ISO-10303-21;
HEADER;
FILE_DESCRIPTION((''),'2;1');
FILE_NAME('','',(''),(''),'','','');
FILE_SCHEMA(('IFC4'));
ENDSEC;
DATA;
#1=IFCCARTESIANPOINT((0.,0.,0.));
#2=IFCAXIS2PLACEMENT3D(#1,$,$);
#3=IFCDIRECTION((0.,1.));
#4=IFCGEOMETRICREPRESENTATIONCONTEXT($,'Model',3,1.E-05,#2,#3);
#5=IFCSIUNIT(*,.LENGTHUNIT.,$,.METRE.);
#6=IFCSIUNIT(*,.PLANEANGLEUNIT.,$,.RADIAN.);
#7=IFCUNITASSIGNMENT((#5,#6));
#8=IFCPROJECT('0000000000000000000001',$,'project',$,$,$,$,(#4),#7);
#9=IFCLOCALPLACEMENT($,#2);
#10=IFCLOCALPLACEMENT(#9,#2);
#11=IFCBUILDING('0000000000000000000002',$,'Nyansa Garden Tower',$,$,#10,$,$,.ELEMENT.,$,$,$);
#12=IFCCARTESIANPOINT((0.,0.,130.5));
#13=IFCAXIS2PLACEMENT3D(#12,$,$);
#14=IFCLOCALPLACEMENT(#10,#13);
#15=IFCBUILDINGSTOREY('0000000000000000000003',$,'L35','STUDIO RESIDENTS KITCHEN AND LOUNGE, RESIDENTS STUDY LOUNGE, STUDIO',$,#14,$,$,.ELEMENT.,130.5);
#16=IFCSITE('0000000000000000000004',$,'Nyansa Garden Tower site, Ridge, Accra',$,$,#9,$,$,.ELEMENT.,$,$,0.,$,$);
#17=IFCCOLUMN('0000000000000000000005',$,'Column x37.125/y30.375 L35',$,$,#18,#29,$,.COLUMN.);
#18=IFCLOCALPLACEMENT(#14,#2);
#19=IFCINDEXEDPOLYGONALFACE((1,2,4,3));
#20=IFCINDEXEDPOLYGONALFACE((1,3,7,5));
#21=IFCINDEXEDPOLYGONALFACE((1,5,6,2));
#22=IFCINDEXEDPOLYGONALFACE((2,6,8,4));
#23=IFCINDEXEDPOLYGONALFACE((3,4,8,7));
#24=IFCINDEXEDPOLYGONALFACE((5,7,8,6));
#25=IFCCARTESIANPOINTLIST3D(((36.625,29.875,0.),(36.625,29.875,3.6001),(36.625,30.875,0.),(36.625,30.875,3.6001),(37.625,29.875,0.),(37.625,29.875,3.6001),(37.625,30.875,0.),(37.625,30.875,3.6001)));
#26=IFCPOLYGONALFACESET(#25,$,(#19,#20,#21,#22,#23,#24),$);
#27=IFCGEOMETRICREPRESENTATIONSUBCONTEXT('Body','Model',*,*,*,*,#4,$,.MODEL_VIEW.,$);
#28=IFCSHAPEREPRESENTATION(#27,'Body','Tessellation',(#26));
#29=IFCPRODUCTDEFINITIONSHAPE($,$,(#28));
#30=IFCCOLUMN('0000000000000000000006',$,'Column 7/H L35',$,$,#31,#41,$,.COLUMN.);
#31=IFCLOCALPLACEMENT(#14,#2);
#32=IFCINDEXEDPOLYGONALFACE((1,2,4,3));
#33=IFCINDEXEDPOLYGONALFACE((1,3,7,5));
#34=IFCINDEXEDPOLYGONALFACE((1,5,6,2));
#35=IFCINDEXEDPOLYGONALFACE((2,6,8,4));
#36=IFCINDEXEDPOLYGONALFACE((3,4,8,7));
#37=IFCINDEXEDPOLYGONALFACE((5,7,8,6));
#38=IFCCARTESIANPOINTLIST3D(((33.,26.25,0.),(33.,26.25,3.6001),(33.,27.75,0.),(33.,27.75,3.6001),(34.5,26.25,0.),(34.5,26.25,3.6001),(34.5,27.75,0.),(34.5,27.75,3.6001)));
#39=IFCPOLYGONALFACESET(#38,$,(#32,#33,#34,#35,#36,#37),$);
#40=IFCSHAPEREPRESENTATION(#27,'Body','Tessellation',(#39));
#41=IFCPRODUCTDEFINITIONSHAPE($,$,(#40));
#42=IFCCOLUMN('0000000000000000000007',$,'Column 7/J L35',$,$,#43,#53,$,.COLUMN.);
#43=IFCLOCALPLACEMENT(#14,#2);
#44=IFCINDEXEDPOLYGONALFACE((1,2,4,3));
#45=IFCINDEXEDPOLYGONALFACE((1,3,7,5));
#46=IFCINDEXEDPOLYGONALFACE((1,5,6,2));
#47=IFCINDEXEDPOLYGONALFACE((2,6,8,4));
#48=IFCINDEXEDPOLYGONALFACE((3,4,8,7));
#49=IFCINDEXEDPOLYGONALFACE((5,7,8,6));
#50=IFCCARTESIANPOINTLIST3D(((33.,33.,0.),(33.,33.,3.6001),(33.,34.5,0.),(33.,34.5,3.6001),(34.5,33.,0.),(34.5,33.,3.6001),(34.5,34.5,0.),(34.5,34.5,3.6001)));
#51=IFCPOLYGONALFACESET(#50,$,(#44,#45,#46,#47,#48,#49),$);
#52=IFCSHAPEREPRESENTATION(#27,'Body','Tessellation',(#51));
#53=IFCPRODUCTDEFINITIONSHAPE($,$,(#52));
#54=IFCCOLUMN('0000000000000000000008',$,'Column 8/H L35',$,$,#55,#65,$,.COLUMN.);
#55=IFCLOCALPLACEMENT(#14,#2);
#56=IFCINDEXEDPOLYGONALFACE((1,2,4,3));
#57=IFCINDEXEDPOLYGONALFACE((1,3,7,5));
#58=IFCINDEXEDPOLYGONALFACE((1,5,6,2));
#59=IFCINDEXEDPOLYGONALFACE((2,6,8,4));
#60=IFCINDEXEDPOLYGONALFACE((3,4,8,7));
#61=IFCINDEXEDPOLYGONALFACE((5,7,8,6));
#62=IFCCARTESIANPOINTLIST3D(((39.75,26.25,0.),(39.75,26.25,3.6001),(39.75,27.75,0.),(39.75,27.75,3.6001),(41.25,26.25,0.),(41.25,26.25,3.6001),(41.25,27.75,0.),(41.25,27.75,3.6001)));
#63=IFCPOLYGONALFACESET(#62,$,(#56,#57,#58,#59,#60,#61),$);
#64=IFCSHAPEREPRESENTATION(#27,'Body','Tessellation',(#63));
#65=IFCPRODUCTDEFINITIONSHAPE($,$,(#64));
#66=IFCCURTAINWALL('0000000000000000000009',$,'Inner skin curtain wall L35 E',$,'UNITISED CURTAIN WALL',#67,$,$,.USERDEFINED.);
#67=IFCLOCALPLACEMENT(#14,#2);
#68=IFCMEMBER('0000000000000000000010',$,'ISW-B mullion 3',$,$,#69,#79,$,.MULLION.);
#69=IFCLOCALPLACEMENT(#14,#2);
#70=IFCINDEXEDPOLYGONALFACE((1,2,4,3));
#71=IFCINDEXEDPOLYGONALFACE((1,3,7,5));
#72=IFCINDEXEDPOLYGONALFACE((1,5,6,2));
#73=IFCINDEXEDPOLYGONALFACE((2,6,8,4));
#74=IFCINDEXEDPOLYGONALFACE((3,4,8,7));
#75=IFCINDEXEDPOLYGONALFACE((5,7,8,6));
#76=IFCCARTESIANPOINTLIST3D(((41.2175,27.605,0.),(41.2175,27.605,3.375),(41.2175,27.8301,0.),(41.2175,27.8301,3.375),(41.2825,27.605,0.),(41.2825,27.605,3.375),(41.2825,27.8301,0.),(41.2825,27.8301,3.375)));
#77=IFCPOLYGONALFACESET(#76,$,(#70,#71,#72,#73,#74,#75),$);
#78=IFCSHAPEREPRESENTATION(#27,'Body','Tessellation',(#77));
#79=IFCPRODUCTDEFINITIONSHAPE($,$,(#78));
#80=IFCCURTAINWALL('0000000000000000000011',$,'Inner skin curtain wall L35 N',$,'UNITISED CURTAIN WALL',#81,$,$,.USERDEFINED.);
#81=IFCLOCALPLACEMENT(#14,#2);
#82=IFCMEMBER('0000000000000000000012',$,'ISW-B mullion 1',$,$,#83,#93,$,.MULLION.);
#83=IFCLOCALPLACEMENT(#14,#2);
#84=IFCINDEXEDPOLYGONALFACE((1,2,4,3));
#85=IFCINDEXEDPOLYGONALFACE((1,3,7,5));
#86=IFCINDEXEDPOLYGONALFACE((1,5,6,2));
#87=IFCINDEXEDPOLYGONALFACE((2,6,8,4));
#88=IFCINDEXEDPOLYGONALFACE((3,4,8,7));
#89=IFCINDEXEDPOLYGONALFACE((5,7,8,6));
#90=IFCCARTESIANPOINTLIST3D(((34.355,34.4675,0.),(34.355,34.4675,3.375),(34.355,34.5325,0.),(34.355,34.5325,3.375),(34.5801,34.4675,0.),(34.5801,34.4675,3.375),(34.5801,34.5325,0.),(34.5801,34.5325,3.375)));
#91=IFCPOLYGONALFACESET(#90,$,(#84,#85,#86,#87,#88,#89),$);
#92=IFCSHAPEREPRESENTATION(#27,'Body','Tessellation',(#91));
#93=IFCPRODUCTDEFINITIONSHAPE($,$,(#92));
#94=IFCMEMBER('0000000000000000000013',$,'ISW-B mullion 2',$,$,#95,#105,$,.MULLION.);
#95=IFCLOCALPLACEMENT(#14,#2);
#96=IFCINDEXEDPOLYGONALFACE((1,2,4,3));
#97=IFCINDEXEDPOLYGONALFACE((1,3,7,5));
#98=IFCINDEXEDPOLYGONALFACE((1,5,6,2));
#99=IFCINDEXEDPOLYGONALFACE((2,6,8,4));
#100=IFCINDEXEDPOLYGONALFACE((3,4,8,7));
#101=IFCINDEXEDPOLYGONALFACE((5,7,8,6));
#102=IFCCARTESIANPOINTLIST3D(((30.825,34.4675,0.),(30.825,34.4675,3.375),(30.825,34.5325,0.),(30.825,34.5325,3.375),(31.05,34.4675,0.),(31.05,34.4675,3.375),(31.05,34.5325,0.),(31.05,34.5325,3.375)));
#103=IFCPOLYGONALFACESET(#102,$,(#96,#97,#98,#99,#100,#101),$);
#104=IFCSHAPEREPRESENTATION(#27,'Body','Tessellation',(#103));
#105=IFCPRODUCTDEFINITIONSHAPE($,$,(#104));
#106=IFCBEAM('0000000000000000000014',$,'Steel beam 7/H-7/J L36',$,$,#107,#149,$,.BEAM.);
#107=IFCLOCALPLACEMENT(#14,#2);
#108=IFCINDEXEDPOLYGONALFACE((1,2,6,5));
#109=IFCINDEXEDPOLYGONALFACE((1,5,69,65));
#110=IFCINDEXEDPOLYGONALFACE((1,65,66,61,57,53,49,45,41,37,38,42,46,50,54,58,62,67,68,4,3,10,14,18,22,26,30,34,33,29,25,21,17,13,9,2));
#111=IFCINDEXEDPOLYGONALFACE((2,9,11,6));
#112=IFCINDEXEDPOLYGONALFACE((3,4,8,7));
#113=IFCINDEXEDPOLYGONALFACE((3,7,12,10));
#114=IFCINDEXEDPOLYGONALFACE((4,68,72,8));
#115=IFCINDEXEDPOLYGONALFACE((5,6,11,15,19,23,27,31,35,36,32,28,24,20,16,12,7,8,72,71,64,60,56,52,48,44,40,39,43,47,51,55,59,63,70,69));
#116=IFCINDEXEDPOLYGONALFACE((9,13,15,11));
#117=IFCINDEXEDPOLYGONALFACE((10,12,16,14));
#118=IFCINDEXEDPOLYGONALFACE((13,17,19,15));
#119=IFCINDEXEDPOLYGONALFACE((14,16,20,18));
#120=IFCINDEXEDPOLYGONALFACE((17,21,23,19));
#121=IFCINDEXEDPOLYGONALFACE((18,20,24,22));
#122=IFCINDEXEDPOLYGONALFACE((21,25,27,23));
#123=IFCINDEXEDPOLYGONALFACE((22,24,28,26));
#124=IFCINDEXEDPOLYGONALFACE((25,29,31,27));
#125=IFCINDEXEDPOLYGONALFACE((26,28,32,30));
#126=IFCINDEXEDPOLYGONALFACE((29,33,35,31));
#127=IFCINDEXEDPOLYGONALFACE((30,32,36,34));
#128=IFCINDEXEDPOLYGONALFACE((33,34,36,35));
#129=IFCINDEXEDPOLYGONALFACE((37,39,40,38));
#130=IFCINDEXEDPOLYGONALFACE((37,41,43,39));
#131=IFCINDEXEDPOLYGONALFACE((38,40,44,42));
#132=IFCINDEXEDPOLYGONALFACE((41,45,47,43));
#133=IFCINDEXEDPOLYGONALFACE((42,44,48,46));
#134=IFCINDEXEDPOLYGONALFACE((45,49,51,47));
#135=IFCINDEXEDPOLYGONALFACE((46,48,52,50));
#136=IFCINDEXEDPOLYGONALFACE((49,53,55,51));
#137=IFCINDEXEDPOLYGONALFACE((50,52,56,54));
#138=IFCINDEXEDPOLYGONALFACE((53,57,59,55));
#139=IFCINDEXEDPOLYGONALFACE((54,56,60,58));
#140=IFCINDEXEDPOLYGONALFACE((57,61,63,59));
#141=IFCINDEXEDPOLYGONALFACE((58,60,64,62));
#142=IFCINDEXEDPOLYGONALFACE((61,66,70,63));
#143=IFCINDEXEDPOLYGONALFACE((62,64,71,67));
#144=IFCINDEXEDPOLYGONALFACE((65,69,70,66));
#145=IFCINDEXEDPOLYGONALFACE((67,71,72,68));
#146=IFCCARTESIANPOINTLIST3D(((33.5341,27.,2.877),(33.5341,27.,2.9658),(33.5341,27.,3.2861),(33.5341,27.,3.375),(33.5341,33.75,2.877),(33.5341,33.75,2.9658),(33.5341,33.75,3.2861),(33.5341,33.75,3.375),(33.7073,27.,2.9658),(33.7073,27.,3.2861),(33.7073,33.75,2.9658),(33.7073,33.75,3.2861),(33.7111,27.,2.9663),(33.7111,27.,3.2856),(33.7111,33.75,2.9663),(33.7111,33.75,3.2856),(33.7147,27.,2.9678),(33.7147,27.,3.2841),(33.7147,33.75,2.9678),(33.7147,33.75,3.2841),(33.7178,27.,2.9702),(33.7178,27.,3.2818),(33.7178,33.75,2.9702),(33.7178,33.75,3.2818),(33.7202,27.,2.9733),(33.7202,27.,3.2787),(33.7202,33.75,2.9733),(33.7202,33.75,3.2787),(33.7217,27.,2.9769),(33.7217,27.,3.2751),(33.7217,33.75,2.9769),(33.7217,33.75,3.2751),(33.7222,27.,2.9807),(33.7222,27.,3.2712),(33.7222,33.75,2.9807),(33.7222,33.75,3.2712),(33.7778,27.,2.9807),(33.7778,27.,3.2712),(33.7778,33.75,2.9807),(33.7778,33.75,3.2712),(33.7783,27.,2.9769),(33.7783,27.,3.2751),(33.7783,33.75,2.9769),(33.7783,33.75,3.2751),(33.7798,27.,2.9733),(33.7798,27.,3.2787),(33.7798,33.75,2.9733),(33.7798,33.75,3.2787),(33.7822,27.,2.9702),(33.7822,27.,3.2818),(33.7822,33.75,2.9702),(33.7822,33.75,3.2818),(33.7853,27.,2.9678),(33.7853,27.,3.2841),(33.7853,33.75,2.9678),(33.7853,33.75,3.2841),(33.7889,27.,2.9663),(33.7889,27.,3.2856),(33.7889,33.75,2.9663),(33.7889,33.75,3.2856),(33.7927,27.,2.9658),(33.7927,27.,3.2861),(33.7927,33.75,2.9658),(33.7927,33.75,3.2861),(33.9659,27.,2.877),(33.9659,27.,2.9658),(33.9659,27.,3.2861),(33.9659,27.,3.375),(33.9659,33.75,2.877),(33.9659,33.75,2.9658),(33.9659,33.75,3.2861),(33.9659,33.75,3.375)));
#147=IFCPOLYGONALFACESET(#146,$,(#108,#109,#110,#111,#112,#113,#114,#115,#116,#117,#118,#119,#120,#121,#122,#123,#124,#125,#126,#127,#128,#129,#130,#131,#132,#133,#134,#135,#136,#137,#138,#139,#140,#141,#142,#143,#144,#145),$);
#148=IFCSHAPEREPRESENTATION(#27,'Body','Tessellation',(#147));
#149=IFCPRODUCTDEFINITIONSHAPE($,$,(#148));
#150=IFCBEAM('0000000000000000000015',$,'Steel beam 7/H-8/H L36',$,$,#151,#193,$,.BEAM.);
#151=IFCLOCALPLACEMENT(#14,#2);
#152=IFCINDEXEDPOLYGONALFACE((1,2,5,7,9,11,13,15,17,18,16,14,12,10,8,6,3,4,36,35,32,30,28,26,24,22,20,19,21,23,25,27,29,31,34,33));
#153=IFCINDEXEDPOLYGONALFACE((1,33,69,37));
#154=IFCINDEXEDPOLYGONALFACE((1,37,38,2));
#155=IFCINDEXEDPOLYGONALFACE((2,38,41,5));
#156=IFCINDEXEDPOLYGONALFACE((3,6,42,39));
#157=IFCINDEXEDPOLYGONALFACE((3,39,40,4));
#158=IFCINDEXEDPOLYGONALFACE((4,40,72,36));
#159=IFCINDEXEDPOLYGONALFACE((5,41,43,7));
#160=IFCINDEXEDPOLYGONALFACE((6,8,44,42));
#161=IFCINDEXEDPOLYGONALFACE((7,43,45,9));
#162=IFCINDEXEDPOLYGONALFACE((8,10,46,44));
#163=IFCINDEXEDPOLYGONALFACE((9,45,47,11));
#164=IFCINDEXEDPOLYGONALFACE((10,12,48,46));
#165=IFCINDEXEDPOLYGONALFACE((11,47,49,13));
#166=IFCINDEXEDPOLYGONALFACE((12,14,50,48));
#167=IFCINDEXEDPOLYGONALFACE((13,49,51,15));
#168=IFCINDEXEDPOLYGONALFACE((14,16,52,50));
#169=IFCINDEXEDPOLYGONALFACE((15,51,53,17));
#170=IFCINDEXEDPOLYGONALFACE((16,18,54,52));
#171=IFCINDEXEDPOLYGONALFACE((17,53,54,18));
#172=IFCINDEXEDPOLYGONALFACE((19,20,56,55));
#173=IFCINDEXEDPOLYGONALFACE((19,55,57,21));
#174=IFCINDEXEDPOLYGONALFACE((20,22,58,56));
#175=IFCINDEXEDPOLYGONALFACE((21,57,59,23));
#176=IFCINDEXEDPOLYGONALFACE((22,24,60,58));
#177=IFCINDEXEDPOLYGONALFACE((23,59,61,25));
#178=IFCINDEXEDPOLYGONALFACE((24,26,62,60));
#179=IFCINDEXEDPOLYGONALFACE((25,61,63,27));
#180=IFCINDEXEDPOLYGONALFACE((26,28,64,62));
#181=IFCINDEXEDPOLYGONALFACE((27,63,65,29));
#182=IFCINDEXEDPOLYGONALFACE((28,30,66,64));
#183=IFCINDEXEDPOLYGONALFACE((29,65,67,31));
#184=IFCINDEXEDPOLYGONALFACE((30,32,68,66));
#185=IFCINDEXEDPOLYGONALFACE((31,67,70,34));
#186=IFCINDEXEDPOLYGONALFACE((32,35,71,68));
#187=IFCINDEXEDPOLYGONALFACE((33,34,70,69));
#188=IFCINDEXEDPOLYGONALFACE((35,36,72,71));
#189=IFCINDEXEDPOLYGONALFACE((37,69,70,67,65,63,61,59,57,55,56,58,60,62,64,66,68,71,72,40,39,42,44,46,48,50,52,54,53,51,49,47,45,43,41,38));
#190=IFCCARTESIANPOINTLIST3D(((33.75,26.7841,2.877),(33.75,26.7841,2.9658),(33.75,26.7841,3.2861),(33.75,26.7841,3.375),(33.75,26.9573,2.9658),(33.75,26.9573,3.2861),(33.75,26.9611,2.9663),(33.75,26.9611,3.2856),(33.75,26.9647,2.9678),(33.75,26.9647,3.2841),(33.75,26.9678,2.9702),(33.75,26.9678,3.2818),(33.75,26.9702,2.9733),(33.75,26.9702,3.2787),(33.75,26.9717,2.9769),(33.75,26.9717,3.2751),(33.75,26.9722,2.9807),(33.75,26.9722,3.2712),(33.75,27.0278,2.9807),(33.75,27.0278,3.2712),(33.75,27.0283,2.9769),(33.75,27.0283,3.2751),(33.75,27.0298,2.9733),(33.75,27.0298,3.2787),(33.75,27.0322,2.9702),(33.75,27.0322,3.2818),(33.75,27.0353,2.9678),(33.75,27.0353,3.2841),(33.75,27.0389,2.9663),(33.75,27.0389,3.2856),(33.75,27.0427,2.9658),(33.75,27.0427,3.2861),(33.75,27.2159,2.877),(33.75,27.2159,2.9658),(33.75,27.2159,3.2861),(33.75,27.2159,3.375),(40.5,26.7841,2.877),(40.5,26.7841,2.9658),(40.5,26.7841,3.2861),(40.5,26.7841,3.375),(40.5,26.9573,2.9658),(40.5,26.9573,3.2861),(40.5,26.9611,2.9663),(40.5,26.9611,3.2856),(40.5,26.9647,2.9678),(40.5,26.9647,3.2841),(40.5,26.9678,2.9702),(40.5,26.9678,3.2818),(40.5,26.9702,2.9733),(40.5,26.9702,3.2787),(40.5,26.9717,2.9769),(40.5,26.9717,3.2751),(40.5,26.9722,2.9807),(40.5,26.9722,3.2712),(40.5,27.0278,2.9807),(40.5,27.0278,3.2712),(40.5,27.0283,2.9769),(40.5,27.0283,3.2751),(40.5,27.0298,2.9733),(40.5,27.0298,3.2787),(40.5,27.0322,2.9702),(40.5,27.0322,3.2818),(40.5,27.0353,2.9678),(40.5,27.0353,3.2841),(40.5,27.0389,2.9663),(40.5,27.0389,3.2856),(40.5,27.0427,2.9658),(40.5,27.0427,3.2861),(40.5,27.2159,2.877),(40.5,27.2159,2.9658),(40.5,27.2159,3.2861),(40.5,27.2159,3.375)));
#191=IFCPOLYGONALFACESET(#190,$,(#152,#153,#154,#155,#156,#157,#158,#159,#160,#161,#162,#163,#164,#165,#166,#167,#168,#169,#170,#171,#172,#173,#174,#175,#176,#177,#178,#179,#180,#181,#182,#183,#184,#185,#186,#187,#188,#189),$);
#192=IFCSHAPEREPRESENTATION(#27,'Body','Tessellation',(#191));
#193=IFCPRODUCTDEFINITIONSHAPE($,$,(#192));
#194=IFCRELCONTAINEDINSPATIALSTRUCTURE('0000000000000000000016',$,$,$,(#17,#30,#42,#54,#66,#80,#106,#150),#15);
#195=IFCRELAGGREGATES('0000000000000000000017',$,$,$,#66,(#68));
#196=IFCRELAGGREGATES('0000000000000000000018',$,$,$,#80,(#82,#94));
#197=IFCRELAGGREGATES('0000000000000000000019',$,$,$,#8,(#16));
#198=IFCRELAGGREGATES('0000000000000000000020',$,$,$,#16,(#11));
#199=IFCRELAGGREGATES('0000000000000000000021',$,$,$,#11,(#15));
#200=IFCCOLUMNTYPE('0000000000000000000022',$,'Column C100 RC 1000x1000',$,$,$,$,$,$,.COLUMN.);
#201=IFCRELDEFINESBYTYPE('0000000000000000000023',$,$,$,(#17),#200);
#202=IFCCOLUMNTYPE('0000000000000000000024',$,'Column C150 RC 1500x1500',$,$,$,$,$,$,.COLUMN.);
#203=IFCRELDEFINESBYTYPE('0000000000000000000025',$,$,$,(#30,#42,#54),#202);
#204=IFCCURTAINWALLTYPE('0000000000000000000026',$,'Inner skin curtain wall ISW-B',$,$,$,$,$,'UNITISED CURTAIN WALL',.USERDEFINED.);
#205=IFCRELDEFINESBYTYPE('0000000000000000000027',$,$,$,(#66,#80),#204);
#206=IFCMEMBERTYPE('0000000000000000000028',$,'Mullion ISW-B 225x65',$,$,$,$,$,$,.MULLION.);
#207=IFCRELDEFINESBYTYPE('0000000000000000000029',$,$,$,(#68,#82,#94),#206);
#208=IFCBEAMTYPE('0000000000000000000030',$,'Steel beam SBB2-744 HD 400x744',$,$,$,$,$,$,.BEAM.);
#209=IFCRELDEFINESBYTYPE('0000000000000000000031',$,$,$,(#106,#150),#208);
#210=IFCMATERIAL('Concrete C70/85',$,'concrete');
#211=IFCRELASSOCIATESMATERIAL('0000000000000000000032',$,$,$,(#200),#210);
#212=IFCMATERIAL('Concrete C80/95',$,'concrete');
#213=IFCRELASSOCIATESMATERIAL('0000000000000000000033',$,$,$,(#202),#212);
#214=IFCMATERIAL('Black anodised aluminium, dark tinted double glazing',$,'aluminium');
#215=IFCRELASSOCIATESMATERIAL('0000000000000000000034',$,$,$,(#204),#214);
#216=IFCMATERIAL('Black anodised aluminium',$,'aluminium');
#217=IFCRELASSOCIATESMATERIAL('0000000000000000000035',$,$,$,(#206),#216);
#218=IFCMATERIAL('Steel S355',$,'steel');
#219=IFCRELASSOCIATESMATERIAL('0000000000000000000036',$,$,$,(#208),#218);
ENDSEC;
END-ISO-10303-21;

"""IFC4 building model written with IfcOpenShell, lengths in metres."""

from ifc_helpers import new_model, si_unit, direction, frame, origin, origin_2d, place, context, subcontext, project, spatial, rectangle, i_section, extrude, material, material_profile, profile_set, type_object, element, aggregate, save


model = new_model("IFC4")

# Units and contexts
model_context = context("Model", 3, precision=1e-05, world=origin(), true_north=direction((0.0, 1.0)))
body_context = subcontext(model_context, "Body", "Model", "MODEL_VIEW")
ifc_project = project(units=[si_unit("LENGTHUNIT", "METRE"), si_unit("PLANEANGLEUNIT", "RADIAN")], contexts=[model_context])

# Site, building, storey
site_placement = place(None, origin())
site = spatial("IfcSite", under=ifc_project, at=site_placement, Name="Nyansa Garden Tower site, Ridge, Accra", CompositionType="ELEMENT", RefElevation=0.0)
building_placement = place(site_placement, origin())
building = spatial("IfcBuilding", under=site, at=building_placement, Name="Nyansa Garden Tower", CompositionType="ELEMENT")
storey_placement = place(building_placement, frame((0.0, 0.0, 130.5)))
storey = spatial("IfcBuildingStorey", under=building, at=storey_placement, Name="L35", Description="STUDIO RESIDENTS KITCHEN AND LOUNGE, RESIDENTS STUDY LOUNGE, STUDIO", CompositionType="ELEMENT", Elevation=130.5)

# Columns
ifc_material_1 = material(Name="Concrete C70/85", Category="concrete")
ifc_material_profile_1 = material_profile(ifc_material_1, rectangle(XDim=1.0, YDim=1.0, at=origin_2d()), Name="RC 1000x1000")
ifc_profile_set_1 = profile_set([ifc_material_profile_1], Name="Concrete C70/85")
column_type_1 = type_object("IfcColumnType", Name="Column C100 RC 1000x1000", PredefinedType="COLUMN", material=ifc_profile_set_1)
column_placement = place(storey_placement, frame((37.125, 30.375, 0.0), z_axis=(0.0, 0.0, 1.0), x_axis=(1.0, 0.0, 0.0)))
element("IfcColumn", 1, at=column_placement, inside=storey, type_object=column_type_1, Name="Column x37.125/y30.375 L35", PredefinedType="COLUMN", context=body_context, shape_type="SweptSolid", body=[
    extrude(rectangle(XDim=1.0, YDim=1.0, at=origin_2d()), origin(), (0.0, 0.0, 1.0), 3.6001),
])
ifc_material_2 = material(Name="Concrete C80/95", Category="concrete")
ifc_material_profile_2 = material_profile(ifc_material_2, rectangle(XDim=1.5, YDim=1.5, at=origin_2d()), Name="RC 1500x1500")
ifc_profile_set_2 = profile_set([ifc_material_profile_2], Name="Concrete C80/95")
column_type_2 = type_object("IfcColumnType", Name="Column C150 RC 1500x1500", PredefinedType="COLUMN", material=ifc_profile_set_2)
for number, where, z_axis, x_axis, name in (
    (2, (33.75, 27.0, 0.0), (0.0, 0.0, 1.0), (1.0, 0.0, 0.0), "Column 7/H L35"),
    (3, (33.75, 33.75, 0.0), (0.0, 0.0, 1.0), (1.0, 0.0, 0.0), "Column 7/J L35"),
    (4, (40.5, 27.0, 0.0), (0.0, 0.0, 1.0), (1.0, 0.0, 0.0), "Column 8/H L35"),
):
    element("IfcColumn", number, at=place(storey_placement, frame(where, z_axis=z_axis, x_axis=x_axis)), inside=storey, type_object=column_type_2, Name=name, PredefinedType="COLUMN", context=body_context, shape_type="SweptSolid", body=[
        extrude(rectangle(XDim=1.5, YDim=1.5, at=origin_2d()), origin(), (0.0, 0.0, 1.0), 3.6001),
    ])

# Curtain wall, member
ifc_material_3 = material(Name="Black anodised aluminium, dark tinted double glazing", Category="aluminium")
curtain_wall_type = type_object("IfcCurtainWallType", Name="Inner skin curtain wall ISW-B", ElementType="UNITISED CURTAIN WALL", PredefinedType="USERDEFINED", material=ifc_material_3)
curtain_wall_1_placement = place(storey_placement, origin())
curtain_wall_1 = element("IfcCurtainWall", 5, at=curtain_wall_1_placement, inside=storey, type_object=curtain_wall_type, Name="Inner skin curtain wall L35 E", ObjectType="UNITISED CURTAIN WALL", PredefinedType="USERDEFINED")
ifc_material_4 = material(Name="Black anodised aluminium", Category="aluminium")
ifc_material_profile_3 = material_profile(ifc_material_4, rectangle(XDim=0.0649, YDim=0.2251, at=origin_2d()), Name="Mullion 225x65")
ifc_profile_set_3 = profile_set([ifc_material_profile_3], Name="Black anodised aluminium")
member_type_1 = type_object("IfcMemberType", Name="Mullion ISW-B 225x65", PredefinedType="MULLION", material=ifc_profile_set_3)
member_1_placement = place(storey_placement, frame((41.25, 27.7175, 0.0), z_axis=(0.0, 0.0, 1.0), x_axis=(-1.0, 0.0, 0.0)))
member_1 = element("IfcMember", 6, at=member_1_placement, type_object=member_type_1, Name="ISW-B mullion 3", PredefinedType="MULLION", context=body_context, shape_type="SweptSolid", body=[
    extrude(rectangle(XDim=0.0649, YDim=0.2251, at=origin_2d()), origin(), (0.0, 0.0, 1.0), 3.375),
])

# Curtain wall, members
curtain_wall_2_placement = place(storey_placement, origin())
curtain_wall_2 = element("IfcCurtainWall", 7, at=curtain_wall_2_placement, inside=storey, type_object=curtain_wall_type, Name="Inner skin curtain wall L35 N", ObjectType="UNITISED CURTAIN WALL", PredefinedType="USERDEFINED")
member_2_placement = place(storey_placement, frame((34.4675, 34.5, 0.0), z_axis=(0.0, 0.0, 1.0), x_axis=(0.0, -1.0, 0.0)))
member_2 = element("IfcMember", 8, at=member_2_placement, type_object=member_type_1, Name="ISW-B mullion 1", PredefinedType="MULLION", context=body_context, shape_type="SweptSolid", body=[
    extrude(rectangle(XDim=0.0649, YDim=0.2251, at=origin_2d()), origin(), (0.0, 0.0, 1.0), 3.375),
])
member_3_placement = place(storey_placement, frame((30.9375, 34.5, 0.0), z_axis=(0.0, 0.0, 1.0), x_axis=(0.0, -1.0, 0.0)))
member_3 = element("IfcMember", 9, at=member_3_placement, type_object=member_type_1, Name="ISW-B mullion 2", PredefinedType="MULLION", context=body_context, shape_type="SweptSolid", body=[
    extrude(rectangle(XDim=0.0649, YDim=0.2251, at=origin_2d()), origin(), (0.0, 0.0, 1.0), 3.375),
])

# Beams
ifc_material_5 = material(Name="Steel S355", Category="steel")
ifc_material_profile_4 = material_profile(ifc_material_5, i_section(OverallWidth=0.4319, OverallDepth=0.498, WebThickness=0.0557, FlangeThickness=0.0889, FilletRadius=0.0149, at=origin_2d()), Name="HD 400x744")
ifc_profile_set_4 = profile_set([ifc_material_profile_4], Name="Steel S355")
beam_type_1 = type_object("IfcBeamType", Name="Steel beam SBB2-744 HD 400x744", PredefinedType="BEAM", material=ifc_profile_set_4)
for number, where, z_axis, x_axis, name in (
    (10, (33.75, 27.0, 3.126), (0.0, 1.0, 0.0), (-1.0, 0.0, 0.0), "Steel beam 7/H-7/J L36"),
    (11, (33.75, 27.0, 3.126), (1.0, 0.0, 0.0), (0.0, 1.0, 0.0), "Steel beam 7/H-8/H L36"),
):
    element("IfcBeam", number, at=place(storey_placement, frame(where, z_axis=z_axis, x_axis=x_axis)), inside=storey, type_object=beam_type_1, Name=name, PredefinedType="BEAM", context=body_context, shape_type="SweptSolid", body=[
        extrude(i_section(OverallWidth=0.4319, OverallDepth=0.498, WebThickness=0.0557, FlangeThickness=0.0889, FilletRadius=0.0149, at=origin_2d()), origin(), (0.0, 0.0, 1.0), 6.75),
    ])

aggregate(curtain_wall_1, [member_1])
aggregate(curtain_wall_2, [member_2, member_3])

save(model, "model.ifc")
